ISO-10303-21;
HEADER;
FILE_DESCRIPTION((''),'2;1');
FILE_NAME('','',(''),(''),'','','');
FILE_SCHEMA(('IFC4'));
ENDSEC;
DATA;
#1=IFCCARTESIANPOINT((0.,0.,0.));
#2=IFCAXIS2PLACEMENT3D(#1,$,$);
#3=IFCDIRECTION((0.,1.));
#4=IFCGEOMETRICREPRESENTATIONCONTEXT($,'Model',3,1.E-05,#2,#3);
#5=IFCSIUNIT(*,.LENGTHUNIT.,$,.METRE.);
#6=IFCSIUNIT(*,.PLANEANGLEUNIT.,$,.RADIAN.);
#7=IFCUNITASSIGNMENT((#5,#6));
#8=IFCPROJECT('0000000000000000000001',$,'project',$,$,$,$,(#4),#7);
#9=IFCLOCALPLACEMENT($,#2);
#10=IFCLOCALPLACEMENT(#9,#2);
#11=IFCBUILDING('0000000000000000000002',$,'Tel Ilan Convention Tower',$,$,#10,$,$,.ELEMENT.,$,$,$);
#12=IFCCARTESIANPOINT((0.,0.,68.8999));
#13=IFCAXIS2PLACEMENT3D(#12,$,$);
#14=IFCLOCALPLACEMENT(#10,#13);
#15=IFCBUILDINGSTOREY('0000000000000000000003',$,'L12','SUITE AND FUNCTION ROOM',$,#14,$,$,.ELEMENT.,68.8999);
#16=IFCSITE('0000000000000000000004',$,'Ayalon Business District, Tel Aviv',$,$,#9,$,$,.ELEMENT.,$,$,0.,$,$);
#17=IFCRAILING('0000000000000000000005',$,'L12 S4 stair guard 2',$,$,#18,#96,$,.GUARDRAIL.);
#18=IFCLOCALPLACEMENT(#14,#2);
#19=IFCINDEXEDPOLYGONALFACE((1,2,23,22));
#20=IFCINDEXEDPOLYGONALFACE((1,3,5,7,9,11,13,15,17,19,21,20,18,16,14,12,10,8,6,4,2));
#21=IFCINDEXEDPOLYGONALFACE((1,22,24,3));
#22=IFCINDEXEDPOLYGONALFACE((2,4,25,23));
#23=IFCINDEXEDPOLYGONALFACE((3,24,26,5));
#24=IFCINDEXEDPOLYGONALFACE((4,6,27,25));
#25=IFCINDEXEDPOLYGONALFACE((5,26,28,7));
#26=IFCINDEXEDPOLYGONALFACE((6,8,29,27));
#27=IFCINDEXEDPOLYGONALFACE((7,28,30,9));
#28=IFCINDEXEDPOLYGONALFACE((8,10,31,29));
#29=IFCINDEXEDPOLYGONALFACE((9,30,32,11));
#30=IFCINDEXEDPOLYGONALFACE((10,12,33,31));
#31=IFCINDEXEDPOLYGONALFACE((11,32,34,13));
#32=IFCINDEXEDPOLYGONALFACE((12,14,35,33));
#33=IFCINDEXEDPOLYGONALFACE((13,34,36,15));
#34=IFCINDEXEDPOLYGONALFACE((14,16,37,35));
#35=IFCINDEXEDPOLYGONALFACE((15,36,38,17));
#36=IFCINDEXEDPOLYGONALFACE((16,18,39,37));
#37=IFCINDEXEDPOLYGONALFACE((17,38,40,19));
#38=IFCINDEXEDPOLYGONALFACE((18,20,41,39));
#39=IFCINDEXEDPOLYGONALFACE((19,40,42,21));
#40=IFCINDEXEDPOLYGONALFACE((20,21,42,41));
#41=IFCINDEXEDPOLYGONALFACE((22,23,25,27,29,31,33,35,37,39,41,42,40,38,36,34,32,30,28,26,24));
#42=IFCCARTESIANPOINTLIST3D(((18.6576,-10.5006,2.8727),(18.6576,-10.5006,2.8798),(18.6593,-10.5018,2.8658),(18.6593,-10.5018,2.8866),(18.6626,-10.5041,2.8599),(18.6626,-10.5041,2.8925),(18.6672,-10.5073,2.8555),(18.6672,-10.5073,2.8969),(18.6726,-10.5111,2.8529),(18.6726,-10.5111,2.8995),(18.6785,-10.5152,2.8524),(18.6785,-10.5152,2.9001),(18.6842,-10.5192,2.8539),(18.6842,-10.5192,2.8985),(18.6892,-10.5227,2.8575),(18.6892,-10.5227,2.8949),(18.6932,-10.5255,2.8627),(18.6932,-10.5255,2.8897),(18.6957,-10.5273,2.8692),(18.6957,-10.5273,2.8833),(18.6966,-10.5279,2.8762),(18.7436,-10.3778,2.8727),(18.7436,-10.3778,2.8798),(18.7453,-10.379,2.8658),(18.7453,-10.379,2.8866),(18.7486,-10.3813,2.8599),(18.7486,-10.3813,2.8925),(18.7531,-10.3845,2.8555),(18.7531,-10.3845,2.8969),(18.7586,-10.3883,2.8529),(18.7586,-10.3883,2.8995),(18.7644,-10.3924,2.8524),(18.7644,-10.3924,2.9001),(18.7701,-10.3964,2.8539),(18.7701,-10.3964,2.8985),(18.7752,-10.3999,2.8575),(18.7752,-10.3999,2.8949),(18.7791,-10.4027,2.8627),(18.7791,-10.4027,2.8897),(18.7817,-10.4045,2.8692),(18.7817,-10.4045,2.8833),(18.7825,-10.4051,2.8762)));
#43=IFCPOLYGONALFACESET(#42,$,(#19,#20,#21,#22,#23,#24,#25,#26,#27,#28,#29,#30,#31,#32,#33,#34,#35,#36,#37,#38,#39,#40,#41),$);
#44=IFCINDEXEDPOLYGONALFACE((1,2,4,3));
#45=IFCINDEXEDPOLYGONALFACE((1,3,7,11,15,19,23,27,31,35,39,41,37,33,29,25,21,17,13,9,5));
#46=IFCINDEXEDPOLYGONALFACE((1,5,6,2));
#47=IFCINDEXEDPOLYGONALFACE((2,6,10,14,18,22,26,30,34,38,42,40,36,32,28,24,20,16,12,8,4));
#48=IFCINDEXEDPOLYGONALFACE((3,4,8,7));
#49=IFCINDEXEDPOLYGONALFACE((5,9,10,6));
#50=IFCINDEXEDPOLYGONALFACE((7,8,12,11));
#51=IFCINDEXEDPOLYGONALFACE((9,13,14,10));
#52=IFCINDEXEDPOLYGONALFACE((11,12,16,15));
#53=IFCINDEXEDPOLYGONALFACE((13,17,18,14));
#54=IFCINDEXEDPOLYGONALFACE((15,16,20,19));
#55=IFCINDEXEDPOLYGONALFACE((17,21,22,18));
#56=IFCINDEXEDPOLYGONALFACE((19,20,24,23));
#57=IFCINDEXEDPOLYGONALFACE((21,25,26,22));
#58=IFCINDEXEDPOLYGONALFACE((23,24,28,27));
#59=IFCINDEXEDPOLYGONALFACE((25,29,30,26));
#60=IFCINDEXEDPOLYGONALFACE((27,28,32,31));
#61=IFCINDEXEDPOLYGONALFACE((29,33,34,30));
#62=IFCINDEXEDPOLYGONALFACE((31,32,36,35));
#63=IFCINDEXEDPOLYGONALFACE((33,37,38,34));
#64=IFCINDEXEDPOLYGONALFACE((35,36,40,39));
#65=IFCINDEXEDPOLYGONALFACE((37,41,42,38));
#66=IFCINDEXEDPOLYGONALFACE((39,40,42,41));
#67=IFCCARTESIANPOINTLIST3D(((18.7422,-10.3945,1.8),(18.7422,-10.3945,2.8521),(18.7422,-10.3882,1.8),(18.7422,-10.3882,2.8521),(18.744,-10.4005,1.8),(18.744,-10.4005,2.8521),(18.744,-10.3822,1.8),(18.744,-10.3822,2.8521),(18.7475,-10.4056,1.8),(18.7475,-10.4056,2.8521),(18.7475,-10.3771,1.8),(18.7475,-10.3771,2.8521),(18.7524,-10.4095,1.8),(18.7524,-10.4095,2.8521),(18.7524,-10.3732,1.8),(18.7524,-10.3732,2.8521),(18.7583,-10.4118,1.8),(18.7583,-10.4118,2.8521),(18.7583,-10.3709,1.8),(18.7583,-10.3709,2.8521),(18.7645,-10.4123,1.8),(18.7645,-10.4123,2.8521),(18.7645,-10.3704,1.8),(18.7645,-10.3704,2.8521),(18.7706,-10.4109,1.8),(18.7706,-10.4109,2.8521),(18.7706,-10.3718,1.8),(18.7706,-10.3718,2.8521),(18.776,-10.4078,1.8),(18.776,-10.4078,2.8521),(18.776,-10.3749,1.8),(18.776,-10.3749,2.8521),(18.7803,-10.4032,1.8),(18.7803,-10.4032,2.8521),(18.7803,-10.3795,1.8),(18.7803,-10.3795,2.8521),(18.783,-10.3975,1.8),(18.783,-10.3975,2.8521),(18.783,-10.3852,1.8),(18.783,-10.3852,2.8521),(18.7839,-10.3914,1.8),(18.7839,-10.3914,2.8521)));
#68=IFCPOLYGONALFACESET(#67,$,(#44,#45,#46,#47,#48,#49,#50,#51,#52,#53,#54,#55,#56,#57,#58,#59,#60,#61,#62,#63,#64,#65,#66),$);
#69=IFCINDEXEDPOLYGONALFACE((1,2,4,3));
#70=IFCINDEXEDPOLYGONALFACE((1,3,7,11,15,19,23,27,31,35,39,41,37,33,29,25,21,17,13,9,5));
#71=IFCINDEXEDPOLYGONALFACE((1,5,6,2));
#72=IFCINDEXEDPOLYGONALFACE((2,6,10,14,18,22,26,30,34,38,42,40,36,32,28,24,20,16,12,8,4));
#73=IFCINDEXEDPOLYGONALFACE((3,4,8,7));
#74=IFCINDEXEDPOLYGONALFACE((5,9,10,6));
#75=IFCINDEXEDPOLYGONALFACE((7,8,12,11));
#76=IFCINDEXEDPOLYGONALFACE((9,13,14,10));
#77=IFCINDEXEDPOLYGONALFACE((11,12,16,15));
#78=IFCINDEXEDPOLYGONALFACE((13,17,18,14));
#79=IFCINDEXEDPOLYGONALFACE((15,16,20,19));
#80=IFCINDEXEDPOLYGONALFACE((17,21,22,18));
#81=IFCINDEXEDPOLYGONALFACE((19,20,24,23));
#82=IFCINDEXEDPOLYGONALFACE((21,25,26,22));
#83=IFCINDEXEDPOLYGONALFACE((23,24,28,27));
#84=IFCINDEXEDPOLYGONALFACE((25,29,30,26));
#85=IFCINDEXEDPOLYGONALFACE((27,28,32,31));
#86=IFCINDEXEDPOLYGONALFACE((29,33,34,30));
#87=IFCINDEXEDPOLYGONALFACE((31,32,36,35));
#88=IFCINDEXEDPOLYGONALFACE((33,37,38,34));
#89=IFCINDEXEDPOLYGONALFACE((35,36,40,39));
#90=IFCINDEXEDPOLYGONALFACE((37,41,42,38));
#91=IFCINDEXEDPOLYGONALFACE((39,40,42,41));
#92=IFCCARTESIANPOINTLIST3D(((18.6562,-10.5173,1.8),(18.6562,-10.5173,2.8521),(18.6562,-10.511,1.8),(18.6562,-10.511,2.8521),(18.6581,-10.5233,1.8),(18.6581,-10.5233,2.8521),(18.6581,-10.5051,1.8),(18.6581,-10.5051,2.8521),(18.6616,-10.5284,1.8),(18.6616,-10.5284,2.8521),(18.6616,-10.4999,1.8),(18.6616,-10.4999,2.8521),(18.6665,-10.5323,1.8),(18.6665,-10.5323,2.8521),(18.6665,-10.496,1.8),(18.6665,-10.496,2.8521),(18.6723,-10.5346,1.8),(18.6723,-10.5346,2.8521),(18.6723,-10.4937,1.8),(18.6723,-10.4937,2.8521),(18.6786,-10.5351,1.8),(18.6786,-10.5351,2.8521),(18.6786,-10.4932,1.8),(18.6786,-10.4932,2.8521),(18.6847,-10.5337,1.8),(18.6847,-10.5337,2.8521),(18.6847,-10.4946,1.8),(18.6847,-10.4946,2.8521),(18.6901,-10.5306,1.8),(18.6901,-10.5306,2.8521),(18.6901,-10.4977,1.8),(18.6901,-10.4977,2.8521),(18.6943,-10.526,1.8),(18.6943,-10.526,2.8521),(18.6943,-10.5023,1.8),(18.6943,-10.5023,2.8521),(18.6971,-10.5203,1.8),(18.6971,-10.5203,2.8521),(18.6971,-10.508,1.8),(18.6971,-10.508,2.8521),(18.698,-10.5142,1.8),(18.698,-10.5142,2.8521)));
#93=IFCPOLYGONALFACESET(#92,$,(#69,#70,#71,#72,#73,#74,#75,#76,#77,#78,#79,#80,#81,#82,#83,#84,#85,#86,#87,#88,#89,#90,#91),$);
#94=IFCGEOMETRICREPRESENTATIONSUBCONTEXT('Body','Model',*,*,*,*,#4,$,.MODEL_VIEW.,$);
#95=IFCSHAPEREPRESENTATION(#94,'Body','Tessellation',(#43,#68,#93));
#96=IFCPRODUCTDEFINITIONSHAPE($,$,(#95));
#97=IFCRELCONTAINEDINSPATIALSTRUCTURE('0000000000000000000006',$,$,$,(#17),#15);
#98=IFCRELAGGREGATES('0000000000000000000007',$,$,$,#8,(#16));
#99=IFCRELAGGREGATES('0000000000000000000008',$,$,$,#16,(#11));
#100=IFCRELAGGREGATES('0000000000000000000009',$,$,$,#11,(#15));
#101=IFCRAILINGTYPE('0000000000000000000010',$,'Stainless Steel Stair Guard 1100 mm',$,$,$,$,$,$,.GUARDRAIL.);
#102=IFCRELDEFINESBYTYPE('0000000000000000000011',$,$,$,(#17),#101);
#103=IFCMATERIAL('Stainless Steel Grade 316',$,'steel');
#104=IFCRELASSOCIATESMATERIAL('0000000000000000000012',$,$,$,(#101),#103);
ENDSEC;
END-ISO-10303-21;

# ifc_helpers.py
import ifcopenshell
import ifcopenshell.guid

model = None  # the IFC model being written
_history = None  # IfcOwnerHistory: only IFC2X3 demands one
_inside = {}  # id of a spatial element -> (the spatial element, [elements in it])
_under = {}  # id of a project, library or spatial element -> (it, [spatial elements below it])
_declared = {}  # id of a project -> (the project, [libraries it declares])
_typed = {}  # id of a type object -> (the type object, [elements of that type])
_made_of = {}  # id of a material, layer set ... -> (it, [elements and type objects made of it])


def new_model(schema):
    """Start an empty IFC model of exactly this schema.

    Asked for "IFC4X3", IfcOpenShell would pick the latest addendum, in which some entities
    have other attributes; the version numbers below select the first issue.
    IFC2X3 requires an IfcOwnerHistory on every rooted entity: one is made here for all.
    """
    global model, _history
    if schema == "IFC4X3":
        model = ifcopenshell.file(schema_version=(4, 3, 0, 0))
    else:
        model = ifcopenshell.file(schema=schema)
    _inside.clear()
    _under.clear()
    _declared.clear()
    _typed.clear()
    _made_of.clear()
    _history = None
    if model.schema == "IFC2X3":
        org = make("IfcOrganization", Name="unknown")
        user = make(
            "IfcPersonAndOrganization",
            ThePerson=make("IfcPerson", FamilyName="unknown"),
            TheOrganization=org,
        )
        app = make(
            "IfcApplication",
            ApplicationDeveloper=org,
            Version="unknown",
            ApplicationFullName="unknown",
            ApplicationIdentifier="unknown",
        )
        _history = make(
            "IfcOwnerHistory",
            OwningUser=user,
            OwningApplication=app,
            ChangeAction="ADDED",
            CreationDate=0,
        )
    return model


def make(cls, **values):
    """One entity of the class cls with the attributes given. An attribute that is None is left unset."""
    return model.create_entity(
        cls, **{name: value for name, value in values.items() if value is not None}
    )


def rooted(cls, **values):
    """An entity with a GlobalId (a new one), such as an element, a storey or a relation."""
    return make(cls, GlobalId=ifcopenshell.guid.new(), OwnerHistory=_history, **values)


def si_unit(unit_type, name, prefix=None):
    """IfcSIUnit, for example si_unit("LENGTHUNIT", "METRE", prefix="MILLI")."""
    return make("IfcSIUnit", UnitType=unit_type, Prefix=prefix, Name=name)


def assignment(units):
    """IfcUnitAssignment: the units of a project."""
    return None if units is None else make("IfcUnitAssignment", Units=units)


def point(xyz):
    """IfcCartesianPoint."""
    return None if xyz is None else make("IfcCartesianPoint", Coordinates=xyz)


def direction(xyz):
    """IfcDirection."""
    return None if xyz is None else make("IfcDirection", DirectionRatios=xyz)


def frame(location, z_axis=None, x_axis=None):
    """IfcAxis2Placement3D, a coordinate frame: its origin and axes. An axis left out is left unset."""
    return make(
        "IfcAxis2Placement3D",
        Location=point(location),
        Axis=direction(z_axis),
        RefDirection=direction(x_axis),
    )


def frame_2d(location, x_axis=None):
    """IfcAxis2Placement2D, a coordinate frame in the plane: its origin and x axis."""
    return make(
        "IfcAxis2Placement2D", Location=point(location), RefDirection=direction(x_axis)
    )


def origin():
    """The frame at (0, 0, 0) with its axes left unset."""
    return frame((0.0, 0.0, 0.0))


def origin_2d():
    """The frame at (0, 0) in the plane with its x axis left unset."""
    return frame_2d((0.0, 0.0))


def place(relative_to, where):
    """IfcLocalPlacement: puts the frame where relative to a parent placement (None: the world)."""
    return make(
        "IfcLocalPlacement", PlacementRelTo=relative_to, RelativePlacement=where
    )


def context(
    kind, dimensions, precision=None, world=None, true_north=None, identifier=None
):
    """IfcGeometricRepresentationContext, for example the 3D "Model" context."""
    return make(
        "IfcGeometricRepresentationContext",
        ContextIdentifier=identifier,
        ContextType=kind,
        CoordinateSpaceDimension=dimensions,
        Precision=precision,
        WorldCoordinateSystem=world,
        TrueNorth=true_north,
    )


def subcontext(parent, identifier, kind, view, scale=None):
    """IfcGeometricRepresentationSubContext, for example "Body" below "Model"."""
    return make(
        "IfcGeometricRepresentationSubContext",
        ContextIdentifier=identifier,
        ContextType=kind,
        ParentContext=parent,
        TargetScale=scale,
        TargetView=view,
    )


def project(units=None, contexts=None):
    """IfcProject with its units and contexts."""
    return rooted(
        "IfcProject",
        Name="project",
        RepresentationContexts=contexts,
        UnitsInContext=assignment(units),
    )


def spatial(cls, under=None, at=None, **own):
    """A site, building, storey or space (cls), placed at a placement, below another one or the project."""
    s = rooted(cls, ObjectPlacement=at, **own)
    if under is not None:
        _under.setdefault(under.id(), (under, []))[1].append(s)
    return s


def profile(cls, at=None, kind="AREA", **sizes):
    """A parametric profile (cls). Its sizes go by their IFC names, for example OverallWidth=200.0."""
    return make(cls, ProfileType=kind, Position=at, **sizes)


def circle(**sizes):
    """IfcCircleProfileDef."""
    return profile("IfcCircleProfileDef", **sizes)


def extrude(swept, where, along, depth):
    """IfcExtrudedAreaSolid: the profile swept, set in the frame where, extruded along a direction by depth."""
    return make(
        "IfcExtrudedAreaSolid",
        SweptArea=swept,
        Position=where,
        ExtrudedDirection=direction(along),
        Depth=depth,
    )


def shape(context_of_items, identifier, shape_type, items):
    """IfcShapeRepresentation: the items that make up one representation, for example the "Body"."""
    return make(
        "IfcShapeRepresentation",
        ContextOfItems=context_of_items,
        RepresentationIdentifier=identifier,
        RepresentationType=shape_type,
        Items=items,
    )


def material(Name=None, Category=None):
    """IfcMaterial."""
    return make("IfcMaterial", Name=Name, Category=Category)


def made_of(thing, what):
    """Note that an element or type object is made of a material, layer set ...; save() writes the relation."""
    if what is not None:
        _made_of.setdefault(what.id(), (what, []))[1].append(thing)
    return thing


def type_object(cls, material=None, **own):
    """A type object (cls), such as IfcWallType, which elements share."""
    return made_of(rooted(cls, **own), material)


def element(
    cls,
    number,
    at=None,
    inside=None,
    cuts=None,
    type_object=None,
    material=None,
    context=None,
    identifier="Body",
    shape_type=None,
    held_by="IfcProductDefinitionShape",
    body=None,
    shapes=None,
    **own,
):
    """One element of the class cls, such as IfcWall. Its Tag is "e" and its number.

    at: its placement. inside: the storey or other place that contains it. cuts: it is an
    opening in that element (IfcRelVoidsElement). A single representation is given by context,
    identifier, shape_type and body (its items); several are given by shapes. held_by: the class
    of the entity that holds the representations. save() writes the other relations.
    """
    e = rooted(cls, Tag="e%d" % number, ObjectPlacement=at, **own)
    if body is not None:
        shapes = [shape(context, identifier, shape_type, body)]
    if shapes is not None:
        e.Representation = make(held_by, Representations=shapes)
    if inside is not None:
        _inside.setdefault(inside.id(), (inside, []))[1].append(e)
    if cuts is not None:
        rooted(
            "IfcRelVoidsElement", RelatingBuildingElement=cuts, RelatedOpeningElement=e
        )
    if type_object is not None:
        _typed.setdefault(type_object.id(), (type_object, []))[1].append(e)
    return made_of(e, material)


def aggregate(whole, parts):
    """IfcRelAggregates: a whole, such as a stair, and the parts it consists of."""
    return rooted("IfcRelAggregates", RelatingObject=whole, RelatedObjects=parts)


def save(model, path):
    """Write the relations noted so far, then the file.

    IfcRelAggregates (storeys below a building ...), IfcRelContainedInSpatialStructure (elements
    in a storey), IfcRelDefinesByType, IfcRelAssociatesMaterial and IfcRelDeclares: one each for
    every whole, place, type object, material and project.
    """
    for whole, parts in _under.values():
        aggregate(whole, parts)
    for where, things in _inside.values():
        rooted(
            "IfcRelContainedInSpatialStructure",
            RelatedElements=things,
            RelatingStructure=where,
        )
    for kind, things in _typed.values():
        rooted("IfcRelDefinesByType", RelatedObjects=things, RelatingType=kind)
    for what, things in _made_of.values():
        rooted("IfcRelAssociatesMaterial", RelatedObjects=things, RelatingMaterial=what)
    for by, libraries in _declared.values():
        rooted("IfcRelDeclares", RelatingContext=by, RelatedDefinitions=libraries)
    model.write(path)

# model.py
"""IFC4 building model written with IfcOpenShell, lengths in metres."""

from ifc_helpers import new_model, si_unit, direction, frame, origin, origin_2d, place, context, subcontext, project, spatial, circle, extrude, material, type_object, element, save


model = new_model("IFC4")

# Units and contexts
model_context = context("Model", 3, precision=1e-05, world=origin(), true_north=direction((0.0, 1.0)))
body_context = subcontext(model_context, "Body", "Model", "MODEL_VIEW")
ifc_project = project(units=[si_unit("LENGTHUNIT", "METRE"), si_unit("PLANEANGLEUNIT", "RADIAN")], contexts=[model_context])

# Site, building, storey
site_placement = place(None, origin())
site = spatial("IfcSite", under=ifc_project, at=site_placement, Name="Ayalon Business District, Tel Aviv", CompositionType="ELEMENT", RefElevation=0.0)
building_placement = place(site_placement, origin())
building = spatial("IfcBuilding", under=site, at=building_placement, Name="Tel Ilan Convention Tower", CompositionType="ELEMENT")
storey_placement = place(building_placement, frame((0.0, 0.0, 68.8999)))
storey = spatial("IfcBuildingStorey", under=building, at=storey_placement, Name="L12", Description="SUITE AND FUNCTION ROOM", CompositionType="ELEMENT", Elevation=68.8999)

# Railing
ifc_material_1 = material(Name="Stainless Steel Grade 316", Category="steel")
railing_type_1 = type_object("IfcRailingType", Name="Stainless Steel Stair Guard 1100 mm", PredefinedType="GUARDRAIL", material=ifc_material_1)
railing_1_placement = place(storey_placement, frame((18.7629, -10.3914, 1.8)))
element("IfcRailing", 1, at=railing_1_placement, inside=storey, type_object=railing_type_1, Name="L12 S4 stair guard 2", PredefinedType="GUARDRAIL", context=body_context, shape_type="SweptSolid", body=[
    extrude(circle(Radius=0.0239, at=origin_2d()), frame((0.0, 0.0, 1.0762), z_axis=(-0.573353, -0.819308, 0.0), x_axis=(0.819308, -0.573353, 0.0)), (0.0, 0.0, 1.0), 0.1499),
    extrude(circle(Radius=0.021, at=origin_2d()), origin(), (0.0, 0.0, 1.0), 1.052),
    extrude(circle(Radius=0.021, at=origin_2d()), frame((-0.0859, -0.1228, 0.0)), (0.0, 0.0, 1.0), 1.052),
])

save(model, "model.ifc")
